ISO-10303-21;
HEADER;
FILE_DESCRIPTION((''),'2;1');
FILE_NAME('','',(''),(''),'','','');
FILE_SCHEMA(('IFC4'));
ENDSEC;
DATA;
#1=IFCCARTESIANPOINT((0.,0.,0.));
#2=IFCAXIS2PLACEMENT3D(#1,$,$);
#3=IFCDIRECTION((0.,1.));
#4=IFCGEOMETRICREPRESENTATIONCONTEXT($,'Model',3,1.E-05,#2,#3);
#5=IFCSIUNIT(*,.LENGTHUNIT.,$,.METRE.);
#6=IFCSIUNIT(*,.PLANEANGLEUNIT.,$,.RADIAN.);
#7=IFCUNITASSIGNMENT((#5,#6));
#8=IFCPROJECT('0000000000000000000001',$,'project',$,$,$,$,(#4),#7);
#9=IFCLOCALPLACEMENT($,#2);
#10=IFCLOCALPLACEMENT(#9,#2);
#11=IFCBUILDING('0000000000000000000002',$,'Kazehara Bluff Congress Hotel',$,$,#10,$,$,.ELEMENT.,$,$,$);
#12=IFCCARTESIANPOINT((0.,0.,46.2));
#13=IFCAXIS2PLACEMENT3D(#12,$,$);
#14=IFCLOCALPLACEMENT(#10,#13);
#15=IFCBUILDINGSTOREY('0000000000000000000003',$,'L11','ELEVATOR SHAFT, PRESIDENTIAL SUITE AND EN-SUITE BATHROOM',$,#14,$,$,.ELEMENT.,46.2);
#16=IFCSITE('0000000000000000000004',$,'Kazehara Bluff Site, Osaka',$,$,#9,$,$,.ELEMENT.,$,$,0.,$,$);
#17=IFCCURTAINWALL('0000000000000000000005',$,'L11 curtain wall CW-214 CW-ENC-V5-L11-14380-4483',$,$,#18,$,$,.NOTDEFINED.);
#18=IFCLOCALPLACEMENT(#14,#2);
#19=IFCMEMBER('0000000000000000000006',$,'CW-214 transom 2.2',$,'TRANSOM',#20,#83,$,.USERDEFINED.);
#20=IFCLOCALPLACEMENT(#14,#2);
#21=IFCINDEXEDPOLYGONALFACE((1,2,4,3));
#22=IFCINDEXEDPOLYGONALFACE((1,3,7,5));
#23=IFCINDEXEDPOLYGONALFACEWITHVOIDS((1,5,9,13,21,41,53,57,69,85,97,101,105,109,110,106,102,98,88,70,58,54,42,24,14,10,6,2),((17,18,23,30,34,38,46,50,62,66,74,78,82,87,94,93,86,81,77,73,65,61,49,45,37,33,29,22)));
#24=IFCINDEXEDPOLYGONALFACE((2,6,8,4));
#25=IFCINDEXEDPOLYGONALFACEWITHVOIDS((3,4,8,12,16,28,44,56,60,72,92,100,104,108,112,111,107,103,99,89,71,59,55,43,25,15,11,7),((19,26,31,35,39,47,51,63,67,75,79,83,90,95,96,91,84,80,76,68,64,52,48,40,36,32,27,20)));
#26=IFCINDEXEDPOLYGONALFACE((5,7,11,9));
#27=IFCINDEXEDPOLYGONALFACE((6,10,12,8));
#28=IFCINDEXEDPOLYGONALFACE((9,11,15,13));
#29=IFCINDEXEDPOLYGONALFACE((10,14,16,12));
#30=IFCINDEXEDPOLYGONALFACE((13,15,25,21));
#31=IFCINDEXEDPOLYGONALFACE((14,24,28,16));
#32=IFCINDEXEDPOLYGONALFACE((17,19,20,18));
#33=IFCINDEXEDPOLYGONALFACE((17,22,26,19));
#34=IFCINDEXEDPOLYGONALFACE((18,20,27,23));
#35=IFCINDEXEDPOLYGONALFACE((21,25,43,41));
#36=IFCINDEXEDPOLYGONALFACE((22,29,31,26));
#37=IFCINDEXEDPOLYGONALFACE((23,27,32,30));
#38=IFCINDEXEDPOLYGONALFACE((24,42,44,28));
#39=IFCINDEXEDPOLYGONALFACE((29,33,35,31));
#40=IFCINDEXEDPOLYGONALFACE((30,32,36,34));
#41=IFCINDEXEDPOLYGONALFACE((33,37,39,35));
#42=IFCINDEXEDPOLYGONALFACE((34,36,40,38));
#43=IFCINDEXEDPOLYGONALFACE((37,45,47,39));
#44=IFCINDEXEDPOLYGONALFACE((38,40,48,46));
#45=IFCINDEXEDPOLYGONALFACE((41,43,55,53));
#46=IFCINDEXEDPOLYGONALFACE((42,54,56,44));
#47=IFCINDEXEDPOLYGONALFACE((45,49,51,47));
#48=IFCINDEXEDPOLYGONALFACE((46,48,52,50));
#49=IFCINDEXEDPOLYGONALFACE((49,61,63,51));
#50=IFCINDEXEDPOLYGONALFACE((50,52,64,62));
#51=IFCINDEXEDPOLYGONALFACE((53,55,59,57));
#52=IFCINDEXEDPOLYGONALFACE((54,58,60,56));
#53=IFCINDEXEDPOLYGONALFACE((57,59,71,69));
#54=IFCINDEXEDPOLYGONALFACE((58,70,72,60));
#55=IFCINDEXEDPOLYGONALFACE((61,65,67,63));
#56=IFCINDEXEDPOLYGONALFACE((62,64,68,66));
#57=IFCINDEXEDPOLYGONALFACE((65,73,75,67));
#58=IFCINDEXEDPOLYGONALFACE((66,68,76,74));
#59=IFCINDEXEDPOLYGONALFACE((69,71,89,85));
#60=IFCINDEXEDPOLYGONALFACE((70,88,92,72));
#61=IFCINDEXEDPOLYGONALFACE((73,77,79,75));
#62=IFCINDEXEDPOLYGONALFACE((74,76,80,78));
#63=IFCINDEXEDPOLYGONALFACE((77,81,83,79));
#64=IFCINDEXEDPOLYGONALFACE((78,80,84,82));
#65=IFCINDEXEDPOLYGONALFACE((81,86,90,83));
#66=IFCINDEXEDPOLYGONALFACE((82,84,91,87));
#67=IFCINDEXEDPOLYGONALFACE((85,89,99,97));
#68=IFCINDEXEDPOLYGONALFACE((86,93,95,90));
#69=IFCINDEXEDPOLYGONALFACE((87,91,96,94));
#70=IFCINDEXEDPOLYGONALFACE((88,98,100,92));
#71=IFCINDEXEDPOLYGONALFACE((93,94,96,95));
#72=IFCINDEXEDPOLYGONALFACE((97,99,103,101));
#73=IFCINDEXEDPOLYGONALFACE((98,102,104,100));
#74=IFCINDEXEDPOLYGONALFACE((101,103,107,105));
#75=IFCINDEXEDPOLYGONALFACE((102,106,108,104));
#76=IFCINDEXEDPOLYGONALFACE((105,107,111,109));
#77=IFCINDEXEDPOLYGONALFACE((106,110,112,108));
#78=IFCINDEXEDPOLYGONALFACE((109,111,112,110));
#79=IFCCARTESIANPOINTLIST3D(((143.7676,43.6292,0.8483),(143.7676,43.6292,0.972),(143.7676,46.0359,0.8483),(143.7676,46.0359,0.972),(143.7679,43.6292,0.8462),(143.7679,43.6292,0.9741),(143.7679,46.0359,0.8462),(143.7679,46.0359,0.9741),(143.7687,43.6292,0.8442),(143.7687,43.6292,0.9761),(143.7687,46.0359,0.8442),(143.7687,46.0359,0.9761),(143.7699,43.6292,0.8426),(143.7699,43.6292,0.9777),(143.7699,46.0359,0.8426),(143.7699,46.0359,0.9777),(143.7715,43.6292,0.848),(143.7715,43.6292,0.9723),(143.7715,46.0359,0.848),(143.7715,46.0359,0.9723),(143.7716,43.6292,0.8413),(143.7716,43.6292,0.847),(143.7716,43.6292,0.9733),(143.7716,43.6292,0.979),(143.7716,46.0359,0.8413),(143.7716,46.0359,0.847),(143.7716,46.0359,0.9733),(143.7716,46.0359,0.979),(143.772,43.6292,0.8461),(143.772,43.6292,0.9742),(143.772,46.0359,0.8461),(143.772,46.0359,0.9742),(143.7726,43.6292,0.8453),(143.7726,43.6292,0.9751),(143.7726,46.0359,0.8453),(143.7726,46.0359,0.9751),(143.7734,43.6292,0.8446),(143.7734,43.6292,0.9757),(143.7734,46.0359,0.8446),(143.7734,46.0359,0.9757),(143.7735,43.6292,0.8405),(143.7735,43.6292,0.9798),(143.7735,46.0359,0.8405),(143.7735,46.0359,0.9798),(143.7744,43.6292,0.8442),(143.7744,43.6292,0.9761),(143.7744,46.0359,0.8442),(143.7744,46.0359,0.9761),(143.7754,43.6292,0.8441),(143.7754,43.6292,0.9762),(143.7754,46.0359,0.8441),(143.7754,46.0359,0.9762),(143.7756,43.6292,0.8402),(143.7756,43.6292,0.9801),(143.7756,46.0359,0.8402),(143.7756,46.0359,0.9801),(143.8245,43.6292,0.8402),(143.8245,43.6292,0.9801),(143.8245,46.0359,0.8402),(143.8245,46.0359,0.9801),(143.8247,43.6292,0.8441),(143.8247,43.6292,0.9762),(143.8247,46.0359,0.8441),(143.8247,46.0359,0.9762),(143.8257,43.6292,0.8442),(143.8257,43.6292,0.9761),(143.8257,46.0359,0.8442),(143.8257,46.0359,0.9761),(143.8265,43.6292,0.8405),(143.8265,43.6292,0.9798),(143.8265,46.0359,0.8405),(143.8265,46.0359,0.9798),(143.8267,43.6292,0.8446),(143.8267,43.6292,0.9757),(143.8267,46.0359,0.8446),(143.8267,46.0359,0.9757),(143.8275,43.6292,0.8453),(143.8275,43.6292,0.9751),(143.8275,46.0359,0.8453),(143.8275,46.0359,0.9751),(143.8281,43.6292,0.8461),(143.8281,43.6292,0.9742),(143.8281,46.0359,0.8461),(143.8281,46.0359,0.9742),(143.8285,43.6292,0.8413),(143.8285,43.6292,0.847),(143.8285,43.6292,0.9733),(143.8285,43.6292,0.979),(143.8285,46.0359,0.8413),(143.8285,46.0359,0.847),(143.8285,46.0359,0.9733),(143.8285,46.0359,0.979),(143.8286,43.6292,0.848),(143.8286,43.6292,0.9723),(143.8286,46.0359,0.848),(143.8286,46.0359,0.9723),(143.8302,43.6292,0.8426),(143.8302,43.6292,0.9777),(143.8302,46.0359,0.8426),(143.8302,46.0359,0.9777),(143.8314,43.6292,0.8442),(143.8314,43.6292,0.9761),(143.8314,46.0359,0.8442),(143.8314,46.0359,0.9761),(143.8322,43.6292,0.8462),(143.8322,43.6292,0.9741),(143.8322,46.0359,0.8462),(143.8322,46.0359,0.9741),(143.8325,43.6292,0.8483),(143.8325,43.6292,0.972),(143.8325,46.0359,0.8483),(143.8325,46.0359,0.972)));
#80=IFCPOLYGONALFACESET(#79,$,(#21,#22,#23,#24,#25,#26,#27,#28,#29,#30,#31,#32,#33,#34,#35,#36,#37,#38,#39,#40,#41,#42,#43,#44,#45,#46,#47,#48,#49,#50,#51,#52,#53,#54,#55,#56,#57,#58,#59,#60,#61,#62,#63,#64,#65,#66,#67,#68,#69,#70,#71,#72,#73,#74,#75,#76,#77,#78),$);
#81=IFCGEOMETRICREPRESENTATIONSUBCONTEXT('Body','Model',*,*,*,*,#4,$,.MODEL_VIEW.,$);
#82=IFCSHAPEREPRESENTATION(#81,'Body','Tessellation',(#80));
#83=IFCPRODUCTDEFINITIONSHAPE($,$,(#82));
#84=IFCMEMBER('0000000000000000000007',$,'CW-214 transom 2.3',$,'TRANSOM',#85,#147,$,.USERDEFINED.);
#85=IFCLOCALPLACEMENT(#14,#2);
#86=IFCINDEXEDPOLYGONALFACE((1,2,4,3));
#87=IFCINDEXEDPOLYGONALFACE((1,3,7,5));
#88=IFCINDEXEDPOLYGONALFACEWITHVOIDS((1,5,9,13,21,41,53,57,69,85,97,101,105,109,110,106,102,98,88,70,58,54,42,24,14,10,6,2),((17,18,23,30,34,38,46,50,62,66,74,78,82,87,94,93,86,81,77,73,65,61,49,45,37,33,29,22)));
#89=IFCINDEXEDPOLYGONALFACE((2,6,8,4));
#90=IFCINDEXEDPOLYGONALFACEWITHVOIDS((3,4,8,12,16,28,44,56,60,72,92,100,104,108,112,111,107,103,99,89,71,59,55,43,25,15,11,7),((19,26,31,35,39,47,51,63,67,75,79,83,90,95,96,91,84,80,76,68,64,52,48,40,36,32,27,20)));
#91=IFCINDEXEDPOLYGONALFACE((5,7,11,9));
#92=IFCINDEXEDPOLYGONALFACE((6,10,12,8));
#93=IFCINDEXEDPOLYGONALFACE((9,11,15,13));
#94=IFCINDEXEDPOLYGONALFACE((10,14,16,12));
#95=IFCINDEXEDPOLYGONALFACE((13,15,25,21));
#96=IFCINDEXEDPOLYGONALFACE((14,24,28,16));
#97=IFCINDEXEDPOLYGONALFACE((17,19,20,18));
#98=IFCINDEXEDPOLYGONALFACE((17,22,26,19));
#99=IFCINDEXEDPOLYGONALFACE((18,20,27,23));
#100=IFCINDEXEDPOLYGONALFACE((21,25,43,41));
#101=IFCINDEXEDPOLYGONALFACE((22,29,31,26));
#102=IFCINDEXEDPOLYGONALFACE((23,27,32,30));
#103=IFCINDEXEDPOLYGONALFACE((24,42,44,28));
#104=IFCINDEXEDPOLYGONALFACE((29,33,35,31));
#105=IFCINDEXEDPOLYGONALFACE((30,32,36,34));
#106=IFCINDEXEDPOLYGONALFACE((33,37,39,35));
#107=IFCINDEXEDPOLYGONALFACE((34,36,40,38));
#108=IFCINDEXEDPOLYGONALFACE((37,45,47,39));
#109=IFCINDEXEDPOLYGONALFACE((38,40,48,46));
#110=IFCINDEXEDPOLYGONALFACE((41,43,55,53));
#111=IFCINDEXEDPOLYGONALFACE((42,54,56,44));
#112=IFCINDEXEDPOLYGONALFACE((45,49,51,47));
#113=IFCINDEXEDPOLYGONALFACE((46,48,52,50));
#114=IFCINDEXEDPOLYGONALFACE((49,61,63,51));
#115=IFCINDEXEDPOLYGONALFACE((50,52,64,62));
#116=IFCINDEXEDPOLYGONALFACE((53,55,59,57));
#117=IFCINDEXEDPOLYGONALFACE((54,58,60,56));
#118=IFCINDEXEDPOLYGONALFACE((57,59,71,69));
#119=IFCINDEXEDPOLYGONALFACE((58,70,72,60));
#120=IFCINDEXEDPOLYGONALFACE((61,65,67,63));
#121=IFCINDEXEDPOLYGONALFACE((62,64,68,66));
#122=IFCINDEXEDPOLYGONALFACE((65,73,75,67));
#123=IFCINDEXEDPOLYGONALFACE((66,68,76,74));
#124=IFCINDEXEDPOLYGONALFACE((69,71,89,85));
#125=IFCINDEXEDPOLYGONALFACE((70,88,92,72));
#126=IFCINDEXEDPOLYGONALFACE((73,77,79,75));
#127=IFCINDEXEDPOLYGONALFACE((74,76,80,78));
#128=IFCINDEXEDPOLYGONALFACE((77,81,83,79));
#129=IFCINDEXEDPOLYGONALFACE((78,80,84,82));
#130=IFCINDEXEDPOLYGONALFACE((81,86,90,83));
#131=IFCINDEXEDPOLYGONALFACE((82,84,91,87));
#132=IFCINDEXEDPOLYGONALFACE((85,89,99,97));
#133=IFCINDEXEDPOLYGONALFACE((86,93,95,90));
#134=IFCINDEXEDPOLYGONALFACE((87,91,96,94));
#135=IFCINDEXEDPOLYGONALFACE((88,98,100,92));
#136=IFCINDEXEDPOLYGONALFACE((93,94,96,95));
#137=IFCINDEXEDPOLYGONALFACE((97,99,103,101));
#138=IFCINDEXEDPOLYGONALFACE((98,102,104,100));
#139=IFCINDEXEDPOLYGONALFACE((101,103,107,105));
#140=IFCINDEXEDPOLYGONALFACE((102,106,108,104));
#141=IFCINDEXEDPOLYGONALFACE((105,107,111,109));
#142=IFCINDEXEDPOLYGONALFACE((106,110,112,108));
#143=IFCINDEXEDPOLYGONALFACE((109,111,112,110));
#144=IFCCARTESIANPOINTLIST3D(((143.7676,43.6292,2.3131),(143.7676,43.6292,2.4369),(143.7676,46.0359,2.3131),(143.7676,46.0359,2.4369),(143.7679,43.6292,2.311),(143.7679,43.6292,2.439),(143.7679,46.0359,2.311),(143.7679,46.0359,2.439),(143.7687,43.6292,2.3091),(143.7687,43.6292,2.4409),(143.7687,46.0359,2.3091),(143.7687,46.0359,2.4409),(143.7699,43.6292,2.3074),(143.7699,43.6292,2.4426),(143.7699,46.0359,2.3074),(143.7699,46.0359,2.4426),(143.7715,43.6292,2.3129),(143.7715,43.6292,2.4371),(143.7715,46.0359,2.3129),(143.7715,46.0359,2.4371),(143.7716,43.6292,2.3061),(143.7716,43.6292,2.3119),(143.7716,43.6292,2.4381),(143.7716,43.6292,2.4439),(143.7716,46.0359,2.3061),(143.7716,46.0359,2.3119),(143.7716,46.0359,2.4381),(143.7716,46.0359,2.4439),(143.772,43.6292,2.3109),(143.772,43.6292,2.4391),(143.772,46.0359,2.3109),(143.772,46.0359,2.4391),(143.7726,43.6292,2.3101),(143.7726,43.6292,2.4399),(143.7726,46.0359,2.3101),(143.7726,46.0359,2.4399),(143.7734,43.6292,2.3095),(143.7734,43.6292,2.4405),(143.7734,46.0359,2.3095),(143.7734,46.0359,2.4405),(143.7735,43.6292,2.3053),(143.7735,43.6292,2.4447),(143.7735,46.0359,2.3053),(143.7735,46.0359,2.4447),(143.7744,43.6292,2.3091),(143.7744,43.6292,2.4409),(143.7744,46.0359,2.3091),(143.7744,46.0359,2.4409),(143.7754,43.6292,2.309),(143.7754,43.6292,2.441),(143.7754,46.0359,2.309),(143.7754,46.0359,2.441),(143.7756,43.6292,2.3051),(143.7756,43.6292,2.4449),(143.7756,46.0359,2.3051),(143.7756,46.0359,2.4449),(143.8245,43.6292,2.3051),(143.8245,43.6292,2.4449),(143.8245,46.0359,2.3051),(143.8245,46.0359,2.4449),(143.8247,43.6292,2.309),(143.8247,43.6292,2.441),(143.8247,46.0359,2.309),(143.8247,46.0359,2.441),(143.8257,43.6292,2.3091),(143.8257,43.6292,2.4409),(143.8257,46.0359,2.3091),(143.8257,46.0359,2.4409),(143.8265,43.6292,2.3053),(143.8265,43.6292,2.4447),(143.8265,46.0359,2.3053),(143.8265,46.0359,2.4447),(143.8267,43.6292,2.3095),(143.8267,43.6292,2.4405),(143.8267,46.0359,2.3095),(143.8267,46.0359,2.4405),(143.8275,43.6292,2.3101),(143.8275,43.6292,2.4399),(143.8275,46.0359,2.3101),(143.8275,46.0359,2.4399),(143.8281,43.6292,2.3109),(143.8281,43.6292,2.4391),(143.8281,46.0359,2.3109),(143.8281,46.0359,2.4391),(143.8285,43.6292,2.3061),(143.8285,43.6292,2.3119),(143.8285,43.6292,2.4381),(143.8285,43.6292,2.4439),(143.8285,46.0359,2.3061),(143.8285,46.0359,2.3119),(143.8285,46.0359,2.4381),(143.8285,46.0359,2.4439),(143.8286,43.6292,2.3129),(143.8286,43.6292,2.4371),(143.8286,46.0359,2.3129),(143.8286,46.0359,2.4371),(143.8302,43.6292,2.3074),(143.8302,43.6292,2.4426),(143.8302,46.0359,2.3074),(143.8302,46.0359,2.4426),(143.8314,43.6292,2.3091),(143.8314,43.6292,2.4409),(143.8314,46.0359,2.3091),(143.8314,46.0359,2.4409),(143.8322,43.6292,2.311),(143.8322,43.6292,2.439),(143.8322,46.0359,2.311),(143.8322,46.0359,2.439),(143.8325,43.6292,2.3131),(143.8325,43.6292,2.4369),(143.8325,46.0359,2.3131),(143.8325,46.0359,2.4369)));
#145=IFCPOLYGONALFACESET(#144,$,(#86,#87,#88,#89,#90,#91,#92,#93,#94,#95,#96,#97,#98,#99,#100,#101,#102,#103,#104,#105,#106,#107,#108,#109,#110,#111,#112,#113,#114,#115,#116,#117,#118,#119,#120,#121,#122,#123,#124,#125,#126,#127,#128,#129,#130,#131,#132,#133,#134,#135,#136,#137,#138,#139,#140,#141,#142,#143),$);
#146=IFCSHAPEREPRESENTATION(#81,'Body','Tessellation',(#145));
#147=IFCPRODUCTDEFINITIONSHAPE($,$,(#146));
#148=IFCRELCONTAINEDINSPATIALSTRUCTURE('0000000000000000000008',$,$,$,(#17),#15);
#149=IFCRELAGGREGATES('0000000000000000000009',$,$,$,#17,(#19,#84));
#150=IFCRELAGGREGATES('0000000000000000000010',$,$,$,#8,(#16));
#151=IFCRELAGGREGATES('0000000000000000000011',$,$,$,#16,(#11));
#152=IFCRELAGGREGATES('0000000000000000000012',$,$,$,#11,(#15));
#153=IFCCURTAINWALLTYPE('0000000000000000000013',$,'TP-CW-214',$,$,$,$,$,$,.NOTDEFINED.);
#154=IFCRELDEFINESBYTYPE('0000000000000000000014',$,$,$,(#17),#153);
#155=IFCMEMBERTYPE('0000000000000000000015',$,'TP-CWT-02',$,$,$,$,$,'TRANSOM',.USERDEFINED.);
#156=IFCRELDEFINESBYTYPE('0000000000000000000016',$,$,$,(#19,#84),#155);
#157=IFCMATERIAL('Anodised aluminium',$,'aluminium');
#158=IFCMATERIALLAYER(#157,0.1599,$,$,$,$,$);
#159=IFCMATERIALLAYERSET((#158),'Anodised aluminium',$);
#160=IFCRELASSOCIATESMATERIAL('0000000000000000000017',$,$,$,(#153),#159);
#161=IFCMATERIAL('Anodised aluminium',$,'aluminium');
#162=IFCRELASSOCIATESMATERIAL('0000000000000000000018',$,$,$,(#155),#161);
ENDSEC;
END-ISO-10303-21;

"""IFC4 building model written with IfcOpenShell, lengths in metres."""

from ifc_helpers import new_model, si_unit, direction, frame, origin, origin_2d, place, context, subcontext, project, spatial, hollow_rectangle, extrude, material, layer, layer_set, material_profile, profile_set, type_object, element, aggregate, save


model = new_model("IFC4")

# Units and contexts
model_context = context("Model", 3, precision=1e-05, world=origin(), true_north=direction((0.0, 1.0)))
body_context = subcontext(model_context, "Body", "Model", "MODEL_VIEW")
ifc_project = project(units=[si_unit("LENGTHUNIT", "METRE"), si_unit("PLANEANGLEUNIT", "RADIAN")], contexts=[model_context])

# Site, building, storey
site_placement = place(None, origin())
site = spatial("IfcSite", under=ifc_project, at=site_placement, Name="Kazehara Bluff Site, Osaka", CompositionType="ELEMENT", RefElevation=0.0)
building_placement = place(site_placement, origin())
building = spatial("IfcBuilding", under=site, at=building_placement, Name="Kazehara Bluff Congress Hotel", CompositionType="ELEMENT")
storey_placement = place(building_placement, frame((0.0, 0.0, 46.2)))
storey = spatial("IfcBuildingStorey", under=building, at=storey_placement, Name="L11", Description="ELEVATOR SHAFT, PRESIDENTIAL SUITE AND EN-SUITE BATHROOM", CompositionType="ELEMENT", Elevation=46.2)

# Curtain wall, members
ifc_material_1 = material(Name="Anodised aluminium", Category="aluminium")
ifc_layer_1 = layer(ifc_material_1, 0.1599)
ifc_layer_set_1 = layer_set([ifc_layer_1], Name="Anodised aluminium")
curtain_wall_type_1 = type_object("IfcCurtainWallType", Name="TP-CW-214", PredefinedType="NOTDEFINED", material=ifc_layer_set_1)
curtain_wall_1_placement = place(storey_placement, origin())
curtain_wall_1 = element("IfcCurtainWall", 1, at=curtain_wall_1_placement, inside=storey, type_object=curtain_wall_type_1, Name="L11 curtain wall CW-214 CW-ENC-V5-L11-14380-4483", PredefinedType="NOTDEFINED")
ifc_material_2 = material(Name="Anodised aluminium", Category="aluminium")
ifc_material_profile_1 = material_profile(ifc_material_2, hollow_rectangle(XDim=0.0649, YDim=0.1399, WallThickness=0.0039, InnerFilletRadius=0.0039, OuterFilletRadius=0.0081, at=origin_2d()))
ifc_profile_set_1 = profile_set([ifc_material_profile_1], Name="Anodised aluminium")
member_type_1 = type_object("IfcMemberType", Name="TP-CWT-02", ElementType="TRANSOM", PredefinedType="USERDEFINED", material=ifc_profile_set_1)
member_1_placement = place(storey_placement, frame((143.8, 43.6292, 0.9102), z_axis=(0.0, 1.0, 0.0), x_axis=(-1.0, 0.0, 0.0)))
member_1 = element("IfcMember", 2, at=member_1_placement, type_object=member_type_1, Name="CW-214 transom 2.2", ObjectType="TRANSOM", PredefinedType="USERDEFINED", context=body_context, shape_type="SweptSolid", body=[
    extrude(hollow_rectangle(XDim=0.0649, YDim=0.1399, WallThickness=0.0039, InnerFilletRadius=0.0039, OuterFilletRadius=0.0081, at=origin_2d()), origin(), (0.0, 0.0, 1.0), 2.4067),
])
member_2_placement = place(storey_placement, frame((143.8, 43.6292, 2.375), z_axis=(0.0, 1.0, 0.0), x_axis=(-1.0, 0.0, 0.0)))
member_2 = element("IfcMember", 3, at=member_2_placement, type_object=member_type_1, Name="CW-214 transom 2.3", ObjectType="TRANSOM", PredefinedType="USERDEFINED", context=body_context, shape_type="SweptSolid", body=[
    extrude(hollow_rectangle(XDim=0.0649, YDim=0.1399, WallThickness=0.0039, InnerFilletRadius=0.0039, OuterFilletRadius=0.0081, at=origin_2d()), origin(), (0.0, 0.0, 1.0), 2.4067),
])

aggregate(curtain_wall_1, [member_1, member_2])

save(model, "model.ifc")
